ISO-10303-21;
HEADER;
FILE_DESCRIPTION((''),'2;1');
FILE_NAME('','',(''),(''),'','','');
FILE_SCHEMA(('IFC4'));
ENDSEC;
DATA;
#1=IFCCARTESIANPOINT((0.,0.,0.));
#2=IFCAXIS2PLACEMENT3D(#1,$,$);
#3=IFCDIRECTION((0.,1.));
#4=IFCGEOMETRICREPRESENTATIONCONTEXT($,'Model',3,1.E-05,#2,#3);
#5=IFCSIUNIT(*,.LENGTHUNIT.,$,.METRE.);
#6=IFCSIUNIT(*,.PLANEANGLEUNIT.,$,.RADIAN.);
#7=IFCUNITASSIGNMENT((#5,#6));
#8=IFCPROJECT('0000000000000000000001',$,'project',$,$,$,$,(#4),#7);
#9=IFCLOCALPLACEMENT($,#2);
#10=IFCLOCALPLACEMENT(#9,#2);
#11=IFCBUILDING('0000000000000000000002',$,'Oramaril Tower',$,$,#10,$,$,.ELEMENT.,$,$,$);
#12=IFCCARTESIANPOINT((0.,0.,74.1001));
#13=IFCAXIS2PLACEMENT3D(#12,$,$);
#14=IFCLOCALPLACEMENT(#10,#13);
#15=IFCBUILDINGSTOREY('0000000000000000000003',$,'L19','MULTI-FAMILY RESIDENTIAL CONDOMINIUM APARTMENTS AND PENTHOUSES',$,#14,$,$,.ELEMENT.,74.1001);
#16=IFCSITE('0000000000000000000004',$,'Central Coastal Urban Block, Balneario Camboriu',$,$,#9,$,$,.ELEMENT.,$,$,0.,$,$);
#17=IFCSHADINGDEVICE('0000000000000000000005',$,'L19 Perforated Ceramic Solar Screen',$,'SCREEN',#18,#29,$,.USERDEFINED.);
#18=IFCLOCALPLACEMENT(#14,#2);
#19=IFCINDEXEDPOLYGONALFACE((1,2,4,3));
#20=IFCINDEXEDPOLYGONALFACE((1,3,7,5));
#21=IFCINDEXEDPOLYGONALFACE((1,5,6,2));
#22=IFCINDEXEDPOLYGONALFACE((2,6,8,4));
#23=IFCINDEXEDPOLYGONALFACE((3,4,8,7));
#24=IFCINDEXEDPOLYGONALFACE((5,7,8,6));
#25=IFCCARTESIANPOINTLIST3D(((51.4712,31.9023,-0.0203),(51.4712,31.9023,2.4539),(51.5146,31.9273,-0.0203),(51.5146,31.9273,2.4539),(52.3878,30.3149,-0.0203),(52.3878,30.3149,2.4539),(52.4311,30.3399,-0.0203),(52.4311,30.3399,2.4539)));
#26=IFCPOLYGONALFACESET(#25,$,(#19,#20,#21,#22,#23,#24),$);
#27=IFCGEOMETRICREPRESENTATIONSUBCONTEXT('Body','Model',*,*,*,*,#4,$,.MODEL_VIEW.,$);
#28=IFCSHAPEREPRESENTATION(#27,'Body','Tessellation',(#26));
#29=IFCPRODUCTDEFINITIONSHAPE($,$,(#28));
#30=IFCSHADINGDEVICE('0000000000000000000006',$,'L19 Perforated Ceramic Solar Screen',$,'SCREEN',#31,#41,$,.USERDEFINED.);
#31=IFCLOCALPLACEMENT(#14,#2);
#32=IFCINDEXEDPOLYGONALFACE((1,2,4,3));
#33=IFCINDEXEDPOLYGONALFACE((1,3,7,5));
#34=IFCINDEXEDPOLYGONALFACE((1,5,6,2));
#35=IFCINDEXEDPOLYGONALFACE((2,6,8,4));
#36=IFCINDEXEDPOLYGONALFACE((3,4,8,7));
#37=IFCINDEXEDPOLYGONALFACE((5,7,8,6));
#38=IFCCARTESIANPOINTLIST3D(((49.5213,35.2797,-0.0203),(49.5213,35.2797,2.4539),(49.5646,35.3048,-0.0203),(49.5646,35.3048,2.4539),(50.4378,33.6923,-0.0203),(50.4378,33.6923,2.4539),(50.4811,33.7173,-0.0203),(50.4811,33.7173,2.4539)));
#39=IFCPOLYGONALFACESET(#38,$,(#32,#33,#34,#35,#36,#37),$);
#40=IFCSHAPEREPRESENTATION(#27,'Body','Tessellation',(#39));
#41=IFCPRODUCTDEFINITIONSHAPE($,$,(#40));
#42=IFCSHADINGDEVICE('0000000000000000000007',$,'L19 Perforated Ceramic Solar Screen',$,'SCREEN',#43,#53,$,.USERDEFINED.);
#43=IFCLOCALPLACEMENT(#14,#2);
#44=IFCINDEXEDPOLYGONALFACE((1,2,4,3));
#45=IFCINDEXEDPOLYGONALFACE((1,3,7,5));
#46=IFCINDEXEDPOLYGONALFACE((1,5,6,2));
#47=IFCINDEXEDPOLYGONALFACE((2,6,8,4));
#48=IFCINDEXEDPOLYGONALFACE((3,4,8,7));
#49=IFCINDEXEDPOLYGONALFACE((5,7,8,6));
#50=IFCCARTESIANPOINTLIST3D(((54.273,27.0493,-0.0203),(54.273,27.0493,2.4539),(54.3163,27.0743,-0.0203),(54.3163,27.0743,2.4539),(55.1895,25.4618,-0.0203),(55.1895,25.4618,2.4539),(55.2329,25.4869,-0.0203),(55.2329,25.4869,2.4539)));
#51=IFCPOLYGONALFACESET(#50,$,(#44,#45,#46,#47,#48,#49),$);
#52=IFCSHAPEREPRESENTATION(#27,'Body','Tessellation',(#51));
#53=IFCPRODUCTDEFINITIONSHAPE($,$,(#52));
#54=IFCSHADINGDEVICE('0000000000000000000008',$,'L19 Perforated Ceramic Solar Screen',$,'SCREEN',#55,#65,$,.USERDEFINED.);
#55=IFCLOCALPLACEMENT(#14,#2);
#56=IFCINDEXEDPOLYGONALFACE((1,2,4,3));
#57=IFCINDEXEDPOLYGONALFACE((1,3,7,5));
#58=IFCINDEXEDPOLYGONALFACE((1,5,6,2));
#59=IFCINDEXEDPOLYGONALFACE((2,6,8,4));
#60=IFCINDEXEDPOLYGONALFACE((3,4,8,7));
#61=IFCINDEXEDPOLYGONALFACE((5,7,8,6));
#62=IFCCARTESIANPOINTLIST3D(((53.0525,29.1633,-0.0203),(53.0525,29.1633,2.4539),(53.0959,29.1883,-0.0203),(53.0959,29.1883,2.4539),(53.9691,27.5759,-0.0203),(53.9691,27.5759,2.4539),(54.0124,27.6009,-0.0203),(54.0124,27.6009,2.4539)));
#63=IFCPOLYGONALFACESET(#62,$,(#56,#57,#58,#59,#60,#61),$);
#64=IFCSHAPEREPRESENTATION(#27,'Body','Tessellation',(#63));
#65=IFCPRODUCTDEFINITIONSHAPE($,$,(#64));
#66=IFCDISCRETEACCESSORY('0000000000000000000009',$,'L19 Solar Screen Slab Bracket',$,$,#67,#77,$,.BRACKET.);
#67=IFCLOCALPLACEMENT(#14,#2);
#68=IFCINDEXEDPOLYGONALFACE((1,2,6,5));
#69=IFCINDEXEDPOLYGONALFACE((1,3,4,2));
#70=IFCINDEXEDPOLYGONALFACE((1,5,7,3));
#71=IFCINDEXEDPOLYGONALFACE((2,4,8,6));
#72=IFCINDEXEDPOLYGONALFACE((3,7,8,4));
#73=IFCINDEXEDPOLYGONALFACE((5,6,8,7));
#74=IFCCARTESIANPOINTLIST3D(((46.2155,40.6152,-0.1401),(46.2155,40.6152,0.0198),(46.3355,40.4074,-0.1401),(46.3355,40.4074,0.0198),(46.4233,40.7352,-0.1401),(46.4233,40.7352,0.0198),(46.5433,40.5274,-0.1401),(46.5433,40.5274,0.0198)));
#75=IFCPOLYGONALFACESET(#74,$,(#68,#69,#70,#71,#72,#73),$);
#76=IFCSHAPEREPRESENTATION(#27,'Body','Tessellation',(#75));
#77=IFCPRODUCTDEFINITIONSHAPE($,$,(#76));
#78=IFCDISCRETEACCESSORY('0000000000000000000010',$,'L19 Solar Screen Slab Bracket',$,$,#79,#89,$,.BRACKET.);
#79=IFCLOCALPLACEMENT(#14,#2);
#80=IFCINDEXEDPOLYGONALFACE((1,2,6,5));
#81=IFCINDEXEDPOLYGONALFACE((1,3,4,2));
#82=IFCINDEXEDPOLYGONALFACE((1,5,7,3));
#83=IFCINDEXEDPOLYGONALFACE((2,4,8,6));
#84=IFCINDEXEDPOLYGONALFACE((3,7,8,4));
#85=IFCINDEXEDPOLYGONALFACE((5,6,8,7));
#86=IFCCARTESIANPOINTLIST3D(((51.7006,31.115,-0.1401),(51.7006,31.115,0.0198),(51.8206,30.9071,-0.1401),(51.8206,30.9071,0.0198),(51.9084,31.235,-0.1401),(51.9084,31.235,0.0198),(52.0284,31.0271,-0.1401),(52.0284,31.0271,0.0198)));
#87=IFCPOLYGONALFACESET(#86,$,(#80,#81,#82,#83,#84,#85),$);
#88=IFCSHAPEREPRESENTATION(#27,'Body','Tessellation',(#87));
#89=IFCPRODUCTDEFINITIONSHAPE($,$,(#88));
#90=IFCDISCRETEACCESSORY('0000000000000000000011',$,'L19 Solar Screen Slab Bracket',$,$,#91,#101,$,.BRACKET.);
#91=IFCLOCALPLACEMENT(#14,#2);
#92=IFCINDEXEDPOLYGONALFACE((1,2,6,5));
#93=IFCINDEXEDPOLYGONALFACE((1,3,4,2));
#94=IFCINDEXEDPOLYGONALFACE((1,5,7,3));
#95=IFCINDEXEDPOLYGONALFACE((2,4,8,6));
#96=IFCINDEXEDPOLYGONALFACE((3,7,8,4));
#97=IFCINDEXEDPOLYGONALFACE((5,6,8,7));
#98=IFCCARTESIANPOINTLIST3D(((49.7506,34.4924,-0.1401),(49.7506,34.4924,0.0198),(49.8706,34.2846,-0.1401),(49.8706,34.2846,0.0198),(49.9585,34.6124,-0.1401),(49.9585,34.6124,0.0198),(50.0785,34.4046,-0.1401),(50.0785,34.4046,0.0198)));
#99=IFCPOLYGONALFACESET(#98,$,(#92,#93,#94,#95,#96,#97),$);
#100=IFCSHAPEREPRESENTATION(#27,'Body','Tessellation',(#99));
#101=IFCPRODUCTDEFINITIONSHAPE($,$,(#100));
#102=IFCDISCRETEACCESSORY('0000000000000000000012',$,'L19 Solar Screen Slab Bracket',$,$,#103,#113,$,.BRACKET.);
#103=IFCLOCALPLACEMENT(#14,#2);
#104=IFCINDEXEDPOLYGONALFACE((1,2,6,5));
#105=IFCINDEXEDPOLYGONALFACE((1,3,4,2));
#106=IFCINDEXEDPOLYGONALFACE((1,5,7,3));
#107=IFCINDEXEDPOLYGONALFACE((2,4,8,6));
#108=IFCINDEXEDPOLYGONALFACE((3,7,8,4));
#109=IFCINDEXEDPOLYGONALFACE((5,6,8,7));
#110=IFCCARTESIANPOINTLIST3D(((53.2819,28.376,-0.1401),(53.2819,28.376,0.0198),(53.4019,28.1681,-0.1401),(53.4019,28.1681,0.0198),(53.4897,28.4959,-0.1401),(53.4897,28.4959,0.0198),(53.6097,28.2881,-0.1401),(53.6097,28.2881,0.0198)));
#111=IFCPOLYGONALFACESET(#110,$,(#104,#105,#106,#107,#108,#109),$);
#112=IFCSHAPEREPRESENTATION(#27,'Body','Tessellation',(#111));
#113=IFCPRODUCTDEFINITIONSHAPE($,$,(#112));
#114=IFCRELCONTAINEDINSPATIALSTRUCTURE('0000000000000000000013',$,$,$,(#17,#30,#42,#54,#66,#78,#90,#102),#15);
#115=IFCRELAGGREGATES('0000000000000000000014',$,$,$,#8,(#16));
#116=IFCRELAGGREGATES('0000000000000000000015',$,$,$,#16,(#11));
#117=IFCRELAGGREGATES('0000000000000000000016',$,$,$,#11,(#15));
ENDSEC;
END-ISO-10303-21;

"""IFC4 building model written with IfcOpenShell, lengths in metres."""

from ifc_helpers import new_model, si_unit, direction, frame, origin, origin_2d, place, context, subcontext, project, spatial, rectangle, extrude, element, save


model = new_model("IFC4")

# Units and contexts
model_context = context("Model", 3, precision=1e-05, world=origin(), true_north=direction((0.0, 1.0)))
body_context = subcontext(model_context, "Body", "Model", "MODEL_VIEW")
ifc_project = project(units=[si_unit("LENGTHUNIT", "METRE"), si_unit("PLANEANGLEUNIT", "RADIAN")], contexts=[model_context])

# Site, building, storey
site_placement = place(None, origin())
site = spatial("IfcSite", under=ifc_project, at=site_placement, Name="Central Coastal Urban Block, Balneario Camboriu", CompositionType="ELEMENT", RefElevation=0.0)
building_placement = place(site_placement, origin())
building = spatial("IfcBuilding", under=site, at=building_placement, Name="Oramaril Tower", CompositionType="ELEMENT")
storey_placement = place(building_placement, frame((0.0, 0.0, 74.1001)))
storey = spatial("IfcBuildingStorey", under=building, at=storey_placement, Name="L19", Description="MULTI-FAMILY RESIDENTIAL CONDOMINIUM APARTMENTS AND PENTHOUSES", CompositionType="ELEMENT", Elevation=74.1001)

# Shading devices
for number, where, z_axis, x_axis, name in (
    (1, (51.9512, 31.1211, -0.0203), (0.0, 0.0, 1.0), (-0.5, 0.866025, 0.0), "L19 Perforated Ceramic Solar Screen"),
    (2, (50.0012, 34.4985, -0.0203), (0.0, 0.0, 1.0), (-0.5, 0.866025, 0.0), "L19 Perforated Ceramic Solar Screen"),
    (3, (54.7529, 26.2681, -0.0203), (0.0, 0.0, 1.0), (-0.5, 0.866025, 0.0), "L19 Perforated Ceramic Solar Screen"),
    (4, (53.5325, 28.3821, -0.0203), (0.0, 0.0, 1.0), (-0.5, 0.866025, 0.0), "L19 Perforated Ceramic Solar Screen"),
):
    element("IfcShadingDevice", number, at=place(storey_placement, frame(where, z_axis=z_axis, x_axis=x_axis)), inside=storey, Name=name, ObjectType="SCREEN", PredefinedType="USERDEFINED", context=body_context, shape_type="SweptSolid", body=[
        extrude(rectangle(XDim=1.833, YDim=0.05, at=origin_2d()), origin(), (0.0, 0.0, 1.0), 2.4741),
    ])

# Discrete accessories
for number, where, z_axis, x_axis, name in (
    (5, (46.3794, 40.5713, -0.1401), (0.0, 0.0, 1.0), (-0.5, 0.866025, 0.0), "L19 Solar Screen Slab Bracket"),
    (6, (51.8645, 31.071, -0.1401), (0.0, 0.0, 1.0), (-0.5, 0.866025, 0.0), "L19 Solar Screen Slab Bracket"),
    (7, (49.9146, 34.4485, -0.1401), (0.0, 0.0, 1.0), (-0.5, 0.866025, 0.0), "L19 Solar Screen Slab Bracket"),
    (8, (53.4458, 28.332, -0.1401), (0.0, 0.0, 1.0), (-0.5, 0.866025, 0.0), "L19 Solar Screen Slab Bracket"),
):
    element("IfcDiscreteAccessory", number, at=place(storey_placement, frame(where, z_axis=z_axis, x_axis=x_axis)), inside=storey, Name=name, PredefinedType="BRACKET", context=body_context, shape_type="SweptSolid", body=[
        extrude(rectangle(XDim=0.24, YDim=0.24, at=origin_2d()), origin(), (0.0, 0.0, 1.0), 0.1599),
    ])

save(model, "model.ifc")
